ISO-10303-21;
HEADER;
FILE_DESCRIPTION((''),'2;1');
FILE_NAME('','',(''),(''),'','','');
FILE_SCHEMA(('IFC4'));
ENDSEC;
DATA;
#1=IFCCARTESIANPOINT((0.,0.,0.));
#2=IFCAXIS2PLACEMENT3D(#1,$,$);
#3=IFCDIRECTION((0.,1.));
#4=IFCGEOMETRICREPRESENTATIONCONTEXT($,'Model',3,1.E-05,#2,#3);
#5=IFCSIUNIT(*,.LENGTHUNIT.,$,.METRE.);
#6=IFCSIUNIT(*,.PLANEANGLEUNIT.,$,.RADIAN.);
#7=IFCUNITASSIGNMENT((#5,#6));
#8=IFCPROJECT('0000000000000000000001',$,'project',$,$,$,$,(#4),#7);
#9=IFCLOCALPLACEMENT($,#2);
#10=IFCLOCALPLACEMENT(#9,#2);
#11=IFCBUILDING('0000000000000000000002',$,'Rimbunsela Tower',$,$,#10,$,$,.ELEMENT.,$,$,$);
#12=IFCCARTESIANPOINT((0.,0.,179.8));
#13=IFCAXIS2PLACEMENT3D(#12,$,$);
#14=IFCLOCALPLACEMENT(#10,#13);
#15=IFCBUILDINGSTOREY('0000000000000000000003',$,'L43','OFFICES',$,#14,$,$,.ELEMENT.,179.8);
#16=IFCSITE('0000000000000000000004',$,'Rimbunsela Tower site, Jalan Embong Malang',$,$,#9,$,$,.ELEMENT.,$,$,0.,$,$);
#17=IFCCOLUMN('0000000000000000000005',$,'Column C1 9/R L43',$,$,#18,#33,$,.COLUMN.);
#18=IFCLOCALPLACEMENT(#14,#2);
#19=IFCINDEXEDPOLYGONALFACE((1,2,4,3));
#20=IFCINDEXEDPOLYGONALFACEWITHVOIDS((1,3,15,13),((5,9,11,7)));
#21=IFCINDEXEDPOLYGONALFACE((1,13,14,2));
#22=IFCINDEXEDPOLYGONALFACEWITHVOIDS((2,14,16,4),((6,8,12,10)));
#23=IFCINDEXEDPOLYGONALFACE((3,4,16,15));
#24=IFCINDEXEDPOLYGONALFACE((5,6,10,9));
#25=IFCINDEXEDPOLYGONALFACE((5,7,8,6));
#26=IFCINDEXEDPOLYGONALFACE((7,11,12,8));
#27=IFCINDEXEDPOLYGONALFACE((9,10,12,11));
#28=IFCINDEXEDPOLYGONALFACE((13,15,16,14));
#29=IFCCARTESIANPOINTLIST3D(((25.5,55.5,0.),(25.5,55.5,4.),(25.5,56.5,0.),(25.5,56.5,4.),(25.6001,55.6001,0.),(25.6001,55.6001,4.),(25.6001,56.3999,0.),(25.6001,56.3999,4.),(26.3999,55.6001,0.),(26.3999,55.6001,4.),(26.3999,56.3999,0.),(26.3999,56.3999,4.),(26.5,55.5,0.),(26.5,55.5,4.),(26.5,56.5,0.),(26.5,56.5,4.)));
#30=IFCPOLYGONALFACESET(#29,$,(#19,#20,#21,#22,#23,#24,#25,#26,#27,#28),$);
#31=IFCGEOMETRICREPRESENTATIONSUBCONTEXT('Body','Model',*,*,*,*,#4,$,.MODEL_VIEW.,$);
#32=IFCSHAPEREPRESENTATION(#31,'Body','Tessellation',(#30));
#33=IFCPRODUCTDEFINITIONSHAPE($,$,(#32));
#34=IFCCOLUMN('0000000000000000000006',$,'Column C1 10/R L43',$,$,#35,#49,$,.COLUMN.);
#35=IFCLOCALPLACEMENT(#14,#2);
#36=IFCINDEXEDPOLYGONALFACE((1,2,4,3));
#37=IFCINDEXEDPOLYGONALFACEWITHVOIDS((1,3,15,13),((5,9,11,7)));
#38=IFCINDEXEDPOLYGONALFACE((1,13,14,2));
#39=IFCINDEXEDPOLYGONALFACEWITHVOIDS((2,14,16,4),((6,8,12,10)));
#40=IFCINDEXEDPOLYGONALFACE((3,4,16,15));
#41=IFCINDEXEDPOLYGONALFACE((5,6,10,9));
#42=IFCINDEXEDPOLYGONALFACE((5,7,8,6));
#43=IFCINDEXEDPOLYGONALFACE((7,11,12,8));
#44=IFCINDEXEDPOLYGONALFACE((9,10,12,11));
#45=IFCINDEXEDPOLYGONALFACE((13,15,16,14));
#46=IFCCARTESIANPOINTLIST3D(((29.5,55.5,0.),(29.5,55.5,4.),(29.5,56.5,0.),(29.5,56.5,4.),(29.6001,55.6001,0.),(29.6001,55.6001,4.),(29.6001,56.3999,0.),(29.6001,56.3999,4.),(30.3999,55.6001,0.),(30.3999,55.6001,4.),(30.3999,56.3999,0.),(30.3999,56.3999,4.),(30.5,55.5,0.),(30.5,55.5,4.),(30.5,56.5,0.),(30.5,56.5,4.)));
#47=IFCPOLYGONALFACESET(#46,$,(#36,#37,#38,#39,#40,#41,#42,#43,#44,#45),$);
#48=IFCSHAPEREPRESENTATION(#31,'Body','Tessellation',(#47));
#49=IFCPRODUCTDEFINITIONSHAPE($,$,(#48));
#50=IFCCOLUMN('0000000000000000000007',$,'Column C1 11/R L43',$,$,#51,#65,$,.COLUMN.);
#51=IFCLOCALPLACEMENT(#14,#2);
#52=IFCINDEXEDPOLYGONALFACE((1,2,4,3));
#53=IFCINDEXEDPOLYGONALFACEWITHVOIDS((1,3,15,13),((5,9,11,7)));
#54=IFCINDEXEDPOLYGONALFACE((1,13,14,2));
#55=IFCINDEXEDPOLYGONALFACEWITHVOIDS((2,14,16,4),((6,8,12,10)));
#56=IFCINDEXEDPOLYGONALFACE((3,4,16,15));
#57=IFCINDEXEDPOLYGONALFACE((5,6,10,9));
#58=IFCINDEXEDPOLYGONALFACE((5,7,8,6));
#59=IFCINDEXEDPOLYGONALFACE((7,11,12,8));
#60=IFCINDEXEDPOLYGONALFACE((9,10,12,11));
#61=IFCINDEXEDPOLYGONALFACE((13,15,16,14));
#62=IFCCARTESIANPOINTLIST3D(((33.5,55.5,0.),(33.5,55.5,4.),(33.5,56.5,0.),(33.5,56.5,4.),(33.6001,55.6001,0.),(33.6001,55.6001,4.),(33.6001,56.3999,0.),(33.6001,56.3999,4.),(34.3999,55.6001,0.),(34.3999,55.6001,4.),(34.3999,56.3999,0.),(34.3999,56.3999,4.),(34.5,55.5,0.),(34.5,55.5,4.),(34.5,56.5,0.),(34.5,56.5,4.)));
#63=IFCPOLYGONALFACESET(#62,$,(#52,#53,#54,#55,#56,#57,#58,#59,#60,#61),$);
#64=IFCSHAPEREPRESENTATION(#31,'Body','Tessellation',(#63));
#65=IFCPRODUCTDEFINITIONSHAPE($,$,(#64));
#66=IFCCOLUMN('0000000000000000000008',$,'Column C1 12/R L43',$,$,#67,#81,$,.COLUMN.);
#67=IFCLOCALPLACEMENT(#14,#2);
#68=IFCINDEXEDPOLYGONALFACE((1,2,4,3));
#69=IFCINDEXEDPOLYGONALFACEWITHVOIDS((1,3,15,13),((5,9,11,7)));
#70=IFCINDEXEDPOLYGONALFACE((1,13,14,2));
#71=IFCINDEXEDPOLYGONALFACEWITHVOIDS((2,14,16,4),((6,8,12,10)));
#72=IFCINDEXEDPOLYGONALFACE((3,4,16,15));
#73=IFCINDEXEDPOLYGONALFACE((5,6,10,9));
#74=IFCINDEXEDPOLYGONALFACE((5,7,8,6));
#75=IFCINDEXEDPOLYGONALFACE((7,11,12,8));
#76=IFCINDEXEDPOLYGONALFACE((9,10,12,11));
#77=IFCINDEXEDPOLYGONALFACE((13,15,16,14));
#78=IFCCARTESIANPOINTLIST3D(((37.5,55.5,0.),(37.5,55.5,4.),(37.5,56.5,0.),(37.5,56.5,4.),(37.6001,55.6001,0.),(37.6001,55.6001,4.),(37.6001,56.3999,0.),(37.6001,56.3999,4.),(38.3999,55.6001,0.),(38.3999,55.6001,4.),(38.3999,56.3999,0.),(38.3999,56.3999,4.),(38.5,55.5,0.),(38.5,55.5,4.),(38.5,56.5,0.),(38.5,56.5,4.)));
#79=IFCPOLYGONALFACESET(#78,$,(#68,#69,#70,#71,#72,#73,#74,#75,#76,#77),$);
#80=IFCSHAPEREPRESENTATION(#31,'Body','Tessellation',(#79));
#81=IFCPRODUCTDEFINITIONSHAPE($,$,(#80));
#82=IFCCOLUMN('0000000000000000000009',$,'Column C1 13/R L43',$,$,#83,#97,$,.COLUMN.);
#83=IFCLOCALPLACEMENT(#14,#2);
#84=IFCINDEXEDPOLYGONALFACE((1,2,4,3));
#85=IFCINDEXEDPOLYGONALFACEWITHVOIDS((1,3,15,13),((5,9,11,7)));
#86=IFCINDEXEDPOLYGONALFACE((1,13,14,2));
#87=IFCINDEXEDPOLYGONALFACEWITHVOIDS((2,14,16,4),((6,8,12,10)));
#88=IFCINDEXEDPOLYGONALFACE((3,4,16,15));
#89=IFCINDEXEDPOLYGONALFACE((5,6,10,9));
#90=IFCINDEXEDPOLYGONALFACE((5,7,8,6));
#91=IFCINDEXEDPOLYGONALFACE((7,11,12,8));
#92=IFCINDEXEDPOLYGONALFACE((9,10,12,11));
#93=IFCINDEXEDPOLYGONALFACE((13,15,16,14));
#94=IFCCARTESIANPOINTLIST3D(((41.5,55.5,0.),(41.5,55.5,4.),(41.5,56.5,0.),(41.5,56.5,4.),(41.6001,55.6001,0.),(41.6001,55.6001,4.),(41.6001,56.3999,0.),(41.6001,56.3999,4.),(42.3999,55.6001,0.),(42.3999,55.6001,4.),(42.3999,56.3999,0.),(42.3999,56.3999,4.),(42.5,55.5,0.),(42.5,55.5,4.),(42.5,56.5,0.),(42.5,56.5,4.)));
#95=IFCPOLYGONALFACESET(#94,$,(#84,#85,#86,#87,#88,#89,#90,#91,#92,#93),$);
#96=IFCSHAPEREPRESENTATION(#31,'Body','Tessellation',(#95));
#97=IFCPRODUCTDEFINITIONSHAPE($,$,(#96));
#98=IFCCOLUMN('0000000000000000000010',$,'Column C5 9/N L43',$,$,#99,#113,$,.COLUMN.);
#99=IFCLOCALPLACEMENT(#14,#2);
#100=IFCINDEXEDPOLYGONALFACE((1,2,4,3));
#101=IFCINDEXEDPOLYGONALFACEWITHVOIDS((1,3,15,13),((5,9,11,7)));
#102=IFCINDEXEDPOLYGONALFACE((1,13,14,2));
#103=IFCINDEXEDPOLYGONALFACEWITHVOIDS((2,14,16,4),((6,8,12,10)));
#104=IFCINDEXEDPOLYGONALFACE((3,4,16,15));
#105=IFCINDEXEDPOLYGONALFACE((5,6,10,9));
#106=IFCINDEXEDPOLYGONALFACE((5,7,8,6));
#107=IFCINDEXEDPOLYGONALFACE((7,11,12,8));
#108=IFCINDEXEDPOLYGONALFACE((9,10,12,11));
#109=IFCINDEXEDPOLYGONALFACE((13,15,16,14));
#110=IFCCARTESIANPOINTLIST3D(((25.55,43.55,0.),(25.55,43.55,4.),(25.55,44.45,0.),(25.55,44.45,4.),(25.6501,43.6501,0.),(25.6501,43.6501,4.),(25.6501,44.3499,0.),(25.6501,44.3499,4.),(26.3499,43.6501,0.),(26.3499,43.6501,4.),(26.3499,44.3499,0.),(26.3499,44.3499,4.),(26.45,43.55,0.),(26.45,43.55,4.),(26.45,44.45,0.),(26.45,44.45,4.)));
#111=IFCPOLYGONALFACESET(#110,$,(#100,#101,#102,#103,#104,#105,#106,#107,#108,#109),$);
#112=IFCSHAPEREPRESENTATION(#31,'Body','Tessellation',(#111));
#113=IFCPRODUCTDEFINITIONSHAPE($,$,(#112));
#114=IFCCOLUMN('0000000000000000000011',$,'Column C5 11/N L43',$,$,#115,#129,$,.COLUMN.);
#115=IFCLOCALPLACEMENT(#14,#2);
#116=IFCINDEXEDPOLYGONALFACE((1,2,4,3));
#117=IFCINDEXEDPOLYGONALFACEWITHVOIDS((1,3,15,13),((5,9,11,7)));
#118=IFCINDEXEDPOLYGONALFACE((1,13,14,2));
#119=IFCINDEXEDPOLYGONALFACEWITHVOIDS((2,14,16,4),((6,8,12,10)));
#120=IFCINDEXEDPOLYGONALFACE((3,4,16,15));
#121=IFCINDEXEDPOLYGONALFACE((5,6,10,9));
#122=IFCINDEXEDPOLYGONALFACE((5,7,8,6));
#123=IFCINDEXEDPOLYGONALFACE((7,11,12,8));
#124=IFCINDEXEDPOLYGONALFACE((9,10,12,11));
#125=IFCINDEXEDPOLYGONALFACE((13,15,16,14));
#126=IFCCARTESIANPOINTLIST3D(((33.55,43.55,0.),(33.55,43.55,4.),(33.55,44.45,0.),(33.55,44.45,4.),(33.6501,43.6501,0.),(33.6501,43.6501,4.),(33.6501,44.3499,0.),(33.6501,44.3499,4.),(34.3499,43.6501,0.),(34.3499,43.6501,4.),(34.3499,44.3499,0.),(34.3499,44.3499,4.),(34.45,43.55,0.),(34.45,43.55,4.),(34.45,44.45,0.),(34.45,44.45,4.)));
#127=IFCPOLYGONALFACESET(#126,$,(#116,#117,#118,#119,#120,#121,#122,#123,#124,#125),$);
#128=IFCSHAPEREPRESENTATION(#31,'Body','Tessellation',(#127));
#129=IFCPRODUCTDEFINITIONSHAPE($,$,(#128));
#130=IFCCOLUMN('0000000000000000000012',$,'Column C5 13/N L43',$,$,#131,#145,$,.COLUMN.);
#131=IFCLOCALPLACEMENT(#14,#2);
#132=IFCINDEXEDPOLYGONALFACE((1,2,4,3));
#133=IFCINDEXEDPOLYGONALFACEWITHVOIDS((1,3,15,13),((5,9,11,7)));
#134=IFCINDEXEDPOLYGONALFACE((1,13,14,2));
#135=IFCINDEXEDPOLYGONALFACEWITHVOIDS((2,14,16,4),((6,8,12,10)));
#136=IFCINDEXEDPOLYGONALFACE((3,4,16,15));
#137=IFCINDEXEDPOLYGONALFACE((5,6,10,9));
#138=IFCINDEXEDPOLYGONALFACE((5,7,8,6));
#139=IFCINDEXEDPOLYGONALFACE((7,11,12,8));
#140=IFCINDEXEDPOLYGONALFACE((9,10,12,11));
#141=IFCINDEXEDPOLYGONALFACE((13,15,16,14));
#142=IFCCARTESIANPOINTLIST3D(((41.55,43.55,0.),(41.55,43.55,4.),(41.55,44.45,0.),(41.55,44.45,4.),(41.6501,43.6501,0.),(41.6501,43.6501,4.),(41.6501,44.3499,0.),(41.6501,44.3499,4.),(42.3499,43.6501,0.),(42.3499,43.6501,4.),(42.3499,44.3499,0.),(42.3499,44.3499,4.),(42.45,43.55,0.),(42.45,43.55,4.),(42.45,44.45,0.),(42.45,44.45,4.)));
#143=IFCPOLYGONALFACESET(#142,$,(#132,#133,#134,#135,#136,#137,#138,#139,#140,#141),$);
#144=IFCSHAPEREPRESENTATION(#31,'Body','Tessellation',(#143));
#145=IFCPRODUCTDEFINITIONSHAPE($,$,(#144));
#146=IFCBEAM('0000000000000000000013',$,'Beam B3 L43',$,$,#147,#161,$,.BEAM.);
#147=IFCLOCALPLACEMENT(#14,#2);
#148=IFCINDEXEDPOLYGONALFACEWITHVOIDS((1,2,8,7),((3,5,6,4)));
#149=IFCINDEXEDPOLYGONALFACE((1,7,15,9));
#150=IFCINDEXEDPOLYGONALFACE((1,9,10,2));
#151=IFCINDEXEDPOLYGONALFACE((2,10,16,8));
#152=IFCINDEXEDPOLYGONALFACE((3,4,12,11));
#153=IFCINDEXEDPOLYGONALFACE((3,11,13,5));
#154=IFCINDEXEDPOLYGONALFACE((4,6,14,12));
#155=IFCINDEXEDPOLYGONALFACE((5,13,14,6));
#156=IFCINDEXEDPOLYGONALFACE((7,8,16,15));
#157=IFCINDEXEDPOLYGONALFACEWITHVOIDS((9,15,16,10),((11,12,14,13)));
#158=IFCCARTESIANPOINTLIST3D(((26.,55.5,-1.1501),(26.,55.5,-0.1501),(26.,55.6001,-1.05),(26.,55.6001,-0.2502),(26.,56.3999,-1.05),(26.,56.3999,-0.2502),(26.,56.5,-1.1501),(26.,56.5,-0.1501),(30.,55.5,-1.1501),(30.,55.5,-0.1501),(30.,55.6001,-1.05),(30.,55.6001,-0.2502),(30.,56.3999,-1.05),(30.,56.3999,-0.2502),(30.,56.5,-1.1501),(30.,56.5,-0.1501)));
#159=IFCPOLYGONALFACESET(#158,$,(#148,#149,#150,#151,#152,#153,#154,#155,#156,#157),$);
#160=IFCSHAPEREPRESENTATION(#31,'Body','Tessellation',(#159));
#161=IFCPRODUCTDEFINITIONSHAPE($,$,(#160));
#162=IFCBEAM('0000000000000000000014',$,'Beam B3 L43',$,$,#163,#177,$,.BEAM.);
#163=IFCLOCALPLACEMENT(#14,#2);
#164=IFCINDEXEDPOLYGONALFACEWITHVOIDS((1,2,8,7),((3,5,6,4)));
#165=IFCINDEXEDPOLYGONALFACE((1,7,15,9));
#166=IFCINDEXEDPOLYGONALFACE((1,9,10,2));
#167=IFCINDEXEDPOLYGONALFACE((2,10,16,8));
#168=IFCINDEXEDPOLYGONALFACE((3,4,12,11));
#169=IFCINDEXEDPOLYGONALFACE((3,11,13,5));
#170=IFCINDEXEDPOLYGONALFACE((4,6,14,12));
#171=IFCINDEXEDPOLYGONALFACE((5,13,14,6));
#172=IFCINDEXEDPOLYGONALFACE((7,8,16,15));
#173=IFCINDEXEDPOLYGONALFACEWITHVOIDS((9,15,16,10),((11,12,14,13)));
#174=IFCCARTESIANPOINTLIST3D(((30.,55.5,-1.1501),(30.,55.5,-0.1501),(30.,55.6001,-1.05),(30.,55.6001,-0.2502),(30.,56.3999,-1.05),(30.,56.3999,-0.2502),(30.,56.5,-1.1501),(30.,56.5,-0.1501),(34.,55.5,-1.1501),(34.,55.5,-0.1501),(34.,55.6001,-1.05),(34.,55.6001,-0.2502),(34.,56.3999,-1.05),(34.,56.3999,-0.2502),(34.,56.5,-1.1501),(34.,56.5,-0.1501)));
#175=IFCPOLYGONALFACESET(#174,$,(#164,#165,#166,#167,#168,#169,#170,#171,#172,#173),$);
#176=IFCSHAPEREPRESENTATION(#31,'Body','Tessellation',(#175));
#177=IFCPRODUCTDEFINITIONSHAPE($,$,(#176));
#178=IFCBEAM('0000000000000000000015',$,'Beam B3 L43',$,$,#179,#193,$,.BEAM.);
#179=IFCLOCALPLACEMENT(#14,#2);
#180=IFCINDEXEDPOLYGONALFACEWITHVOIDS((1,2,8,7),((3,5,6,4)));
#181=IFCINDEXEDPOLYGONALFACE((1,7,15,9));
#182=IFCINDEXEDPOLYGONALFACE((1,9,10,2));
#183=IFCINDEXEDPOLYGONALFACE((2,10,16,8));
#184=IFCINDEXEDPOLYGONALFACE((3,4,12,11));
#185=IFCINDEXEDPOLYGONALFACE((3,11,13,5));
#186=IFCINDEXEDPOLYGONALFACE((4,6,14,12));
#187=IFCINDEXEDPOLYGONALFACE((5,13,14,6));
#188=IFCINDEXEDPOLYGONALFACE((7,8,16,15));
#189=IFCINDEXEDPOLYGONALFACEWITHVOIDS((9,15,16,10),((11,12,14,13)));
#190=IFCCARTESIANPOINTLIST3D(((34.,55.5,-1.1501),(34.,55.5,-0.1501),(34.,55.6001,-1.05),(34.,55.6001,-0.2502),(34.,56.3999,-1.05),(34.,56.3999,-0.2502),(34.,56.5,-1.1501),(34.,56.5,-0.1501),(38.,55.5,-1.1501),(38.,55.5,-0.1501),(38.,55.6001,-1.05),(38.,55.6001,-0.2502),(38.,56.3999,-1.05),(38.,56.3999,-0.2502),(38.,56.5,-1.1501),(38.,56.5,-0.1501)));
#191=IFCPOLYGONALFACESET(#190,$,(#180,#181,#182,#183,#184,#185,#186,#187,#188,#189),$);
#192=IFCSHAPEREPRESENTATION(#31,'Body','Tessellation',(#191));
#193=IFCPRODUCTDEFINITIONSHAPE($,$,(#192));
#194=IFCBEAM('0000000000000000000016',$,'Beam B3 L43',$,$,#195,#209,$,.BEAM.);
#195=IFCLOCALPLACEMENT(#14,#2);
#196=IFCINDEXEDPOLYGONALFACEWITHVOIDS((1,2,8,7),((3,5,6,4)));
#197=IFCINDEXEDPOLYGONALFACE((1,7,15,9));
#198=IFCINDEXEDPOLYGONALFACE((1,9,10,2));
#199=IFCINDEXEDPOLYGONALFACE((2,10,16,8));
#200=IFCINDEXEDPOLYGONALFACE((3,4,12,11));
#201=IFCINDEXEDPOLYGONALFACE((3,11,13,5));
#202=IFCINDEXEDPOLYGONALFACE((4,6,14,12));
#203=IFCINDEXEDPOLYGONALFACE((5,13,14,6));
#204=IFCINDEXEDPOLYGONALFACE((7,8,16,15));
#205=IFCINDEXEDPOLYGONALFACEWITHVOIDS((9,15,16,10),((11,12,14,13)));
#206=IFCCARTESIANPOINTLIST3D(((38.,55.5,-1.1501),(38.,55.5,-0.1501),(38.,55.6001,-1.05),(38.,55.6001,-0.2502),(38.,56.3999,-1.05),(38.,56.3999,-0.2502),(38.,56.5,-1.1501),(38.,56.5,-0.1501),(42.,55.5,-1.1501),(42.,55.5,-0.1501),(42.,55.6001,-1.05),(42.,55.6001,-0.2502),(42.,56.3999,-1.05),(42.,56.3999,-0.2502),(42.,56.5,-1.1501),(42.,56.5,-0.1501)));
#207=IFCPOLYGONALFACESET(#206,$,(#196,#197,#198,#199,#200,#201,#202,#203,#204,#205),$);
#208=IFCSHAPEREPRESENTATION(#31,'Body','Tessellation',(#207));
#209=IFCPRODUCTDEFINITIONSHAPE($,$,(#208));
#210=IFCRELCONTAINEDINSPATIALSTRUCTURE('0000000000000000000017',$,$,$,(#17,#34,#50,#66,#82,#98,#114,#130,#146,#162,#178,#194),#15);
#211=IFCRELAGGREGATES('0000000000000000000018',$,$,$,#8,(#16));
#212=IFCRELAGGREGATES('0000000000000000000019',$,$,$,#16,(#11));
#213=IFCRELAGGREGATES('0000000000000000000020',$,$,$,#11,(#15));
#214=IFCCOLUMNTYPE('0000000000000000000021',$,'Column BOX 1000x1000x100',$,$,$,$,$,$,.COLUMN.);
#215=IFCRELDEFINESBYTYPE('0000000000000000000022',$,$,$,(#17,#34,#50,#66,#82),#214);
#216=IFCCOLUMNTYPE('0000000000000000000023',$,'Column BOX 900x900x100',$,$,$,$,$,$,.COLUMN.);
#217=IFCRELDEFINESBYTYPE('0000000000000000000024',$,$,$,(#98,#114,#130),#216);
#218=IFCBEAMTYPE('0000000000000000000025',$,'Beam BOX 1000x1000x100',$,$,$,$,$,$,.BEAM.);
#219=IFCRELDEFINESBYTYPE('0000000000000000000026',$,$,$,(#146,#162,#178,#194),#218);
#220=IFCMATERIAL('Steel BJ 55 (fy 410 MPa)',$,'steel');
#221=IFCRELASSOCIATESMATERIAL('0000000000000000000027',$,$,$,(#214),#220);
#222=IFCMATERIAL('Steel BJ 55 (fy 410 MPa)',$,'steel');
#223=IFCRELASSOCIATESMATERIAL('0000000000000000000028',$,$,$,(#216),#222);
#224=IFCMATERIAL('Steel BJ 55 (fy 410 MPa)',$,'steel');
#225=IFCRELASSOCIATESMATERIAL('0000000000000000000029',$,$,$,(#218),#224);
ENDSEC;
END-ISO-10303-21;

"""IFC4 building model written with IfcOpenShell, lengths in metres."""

from ifc_helpers import new_model, si_unit, direction, frame, origin, origin_2d, place, context, subcontext, project, spatial, hollow_rectangle, extrude, material, material_profile, profile_set, type_object, element, save


model = new_model("IFC4")

# Units and contexts
model_context = context("Model", 3, precision=1e-05, world=origin(), true_north=direction((0.0, 1.0)))
body_context = subcontext(model_context, "Body", "Model", "MODEL_VIEW")
ifc_project = project(units=[si_unit("LENGTHUNIT", "METRE"), si_unit("PLANEANGLEUNIT", "RADIAN")], contexts=[model_context])

# Site, building, storey
site_placement = place(None, origin())
site = spatial("IfcSite", under=ifc_project, at=site_placement, Name="Rimbunsela Tower site, Jalan Embong Malang", CompositionType="ELEMENT", RefElevation=0.0)
building_placement = place(site_placement, origin())
building = spatial("IfcBuilding", under=site, at=building_placement, Name="Rimbunsela Tower", CompositionType="ELEMENT")
storey_placement = place(building_placement, frame((0.0, 0.0, 179.8)))
storey = spatial("IfcBuildingStorey", under=building, at=storey_placement, Name="L43", Description="OFFICES", CompositionType="ELEMENT", Elevation=179.8)

# Columns
ifc_material_1 = material(Name="Steel BJ 55 (fy 410 MPa)", Category="steel")
ifc_material_profile_1 = material_profile(ifc_material_1, hollow_rectangle(XDim=1.0, YDim=1.0, WallThickness=0.1001, at=origin_2d()), Name="BOX 1000x1000x100")
ifc_profile_set_1 = profile_set([ifc_material_profile_1], Name="Steel BJ 55 (fy 410 MPa)")
column_type_1 = type_object("IfcColumnType", Name="Column BOX 1000x1000x100", PredefinedType="COLUMN", material=ifc_profile_set_1)
for number, where, z_axis, x_axis, name in (
    (1, (26.0, 56.0, 0.0), (0.0, 0.0, 1.0), (1.0, 0.0, 0.0), "Column C1 9/R L43"),
    (2, (30.0, 56.0, 0.0), (0.0, 0.0, 1.0), (1.0, 0.0, 0.0), "Column C1 10/R L43"),
    (3, (34.0, 56.0, 0.0), (0.0, 0.0, 1.0), (1.0, 0.0, 0.0), "Column C1 11/R L43"),
    (4, (38.0, 56.0, 0.0), (0.0, 0.0, 1.0), (1.0, 0.0, 0.0), "Column C1 12/R L43"),
    (5, (42.0, 56.0, 0.0), (0.0, 0.0, 1.0), (1.0, 0.0, 0.0), "Column C1 13/R L43"),
):
    element("IfcColumn", number, at=place(storey_placement, frame(where, z_axis=z_axis, x_axis=x_axis)), inside=storey, type_object=column_type_1, Name=name, PredefinedType="COLUMN", context=body_context, shape_type="SweptSolid", body=[
        extrude(hollow_rectangle(XDim=1.0, YDim=1.0, WallThickness=0.1001, at=origin_2d()), origin(), (0.0, 0.0, 1.0), 4.0),
    ])
ifc_material_2 = material(Name="Steel BJ 55 (fy 410 MPa)", Category="steel")
ifc_material_profile_2 = material_profile(ifc_material_2, hollow_rectangle(XDim=0.8999, YDim=0.8999, WallThickness=0.1001, at=origin_2d()), Name="BOX 900x900x100")
ifc_profile_set_2 = profile_set([ifc_material_profile_2], Name="Steel BJ 55 (fy 410 MPa)")
column_type_2 = type_object("IfcColumnType", Name="Column BOX 900x900x100", PredefinedType="COLUMN", material=ifc_profile_set_2)
for number, where, z_axis, x_axis, name in (
    (6, (26.0, 44.0, 0.0), (0.0, 0.0, 1.0), (1.0, 0.0, 0.0), "Column C5 9/N L43"),
    (7, (34.0, 44.0, 0.0), (0.0, 0.0, 1.0), (1.0, 0.0, 0.0), "Column C5 11/N L43"),
    (8, (42.0, 44.0, 0.0), (0.0, 0.0, 1.0), (1.0, 0.0, 0.0), "Column C5 13/N L43"),
):
    element("IfcColumn", number, at=place(storey_placement, frame(where, z_axis=z_axis, x_axis=x_axis)), inside=storey, type_object=column_type_2, Name=name, PredefinedType="COLUMN", context=body_context, shape_type="SweptSolid", body=[
        extrude(hollow_rectangle(XDim=0.8999, YDim=0.8999, WallThickness=0.1001, at=origin_2d()), origin(), (0.0, 0.0, 1.0), 4.0),
    ])

# Beams
ifc_material_3 = material(Name="Steel BJ 55 (fy 410 MPa)", Category="steel")
ifc_material_profile_3 = material_profile(ifc_material_3, hollow_rectangle(XDim=1.0, YDim=1.0, WallThickness=0.1001, at=origin_2d()), Name="BOX 1000x1000x100")
ifc_profile_set_3 = profile_set([ifc_material_profile_3], Name="Steel BJ 55 (fy 410 MPa)")
beam_type_1 = type_object("IfcBeamType", Name="Beam BOX 1000x1000x100", PredefinedType="BEAM", material=ifc_profile_set_3)
for number, where, z_axis, x_axis, name in (
    (9, (26.0, 56.0, -0.6501), (1.0, 0.0, 0.0), (0.0, 1.0, 0.0), "Beam B3 L43"),
    (10, (30.0, 56.0, -0.6501), (1.0, 0.0, 0.0), (0.0, 1.0, 0.0), "Beam B3 L43"),
    (11, (34.0, 56.0, -0.6501), (1.0, 0.0, 0.0), (0.0, 1.0, 0.0), "Beam B3 L43"),
    (12, (38.0, 56.0, -0.6501), (1.0, 0.0, 0.0), (0.0, 1.0, 0.0), "Beam B3 L43"),
):
    element("IfcBeam", number, at=place(storey_placement, frame(where, z_axis=z_axis, x_axis=x_axis)), inside=storey, type_object=beam_type_1, Name=name, PredefinedType="BEAM", context=body_context, shape_type="SweptSolid", body=[
        extrude(hollow_rectangle(XDim=1.0, YDim=1.0, WallThickness=0.1001, at=origin_2d()), origin(), (0.0, 0.0, 1.0), 4.0),
    ])

save(model, "model.ifc")
